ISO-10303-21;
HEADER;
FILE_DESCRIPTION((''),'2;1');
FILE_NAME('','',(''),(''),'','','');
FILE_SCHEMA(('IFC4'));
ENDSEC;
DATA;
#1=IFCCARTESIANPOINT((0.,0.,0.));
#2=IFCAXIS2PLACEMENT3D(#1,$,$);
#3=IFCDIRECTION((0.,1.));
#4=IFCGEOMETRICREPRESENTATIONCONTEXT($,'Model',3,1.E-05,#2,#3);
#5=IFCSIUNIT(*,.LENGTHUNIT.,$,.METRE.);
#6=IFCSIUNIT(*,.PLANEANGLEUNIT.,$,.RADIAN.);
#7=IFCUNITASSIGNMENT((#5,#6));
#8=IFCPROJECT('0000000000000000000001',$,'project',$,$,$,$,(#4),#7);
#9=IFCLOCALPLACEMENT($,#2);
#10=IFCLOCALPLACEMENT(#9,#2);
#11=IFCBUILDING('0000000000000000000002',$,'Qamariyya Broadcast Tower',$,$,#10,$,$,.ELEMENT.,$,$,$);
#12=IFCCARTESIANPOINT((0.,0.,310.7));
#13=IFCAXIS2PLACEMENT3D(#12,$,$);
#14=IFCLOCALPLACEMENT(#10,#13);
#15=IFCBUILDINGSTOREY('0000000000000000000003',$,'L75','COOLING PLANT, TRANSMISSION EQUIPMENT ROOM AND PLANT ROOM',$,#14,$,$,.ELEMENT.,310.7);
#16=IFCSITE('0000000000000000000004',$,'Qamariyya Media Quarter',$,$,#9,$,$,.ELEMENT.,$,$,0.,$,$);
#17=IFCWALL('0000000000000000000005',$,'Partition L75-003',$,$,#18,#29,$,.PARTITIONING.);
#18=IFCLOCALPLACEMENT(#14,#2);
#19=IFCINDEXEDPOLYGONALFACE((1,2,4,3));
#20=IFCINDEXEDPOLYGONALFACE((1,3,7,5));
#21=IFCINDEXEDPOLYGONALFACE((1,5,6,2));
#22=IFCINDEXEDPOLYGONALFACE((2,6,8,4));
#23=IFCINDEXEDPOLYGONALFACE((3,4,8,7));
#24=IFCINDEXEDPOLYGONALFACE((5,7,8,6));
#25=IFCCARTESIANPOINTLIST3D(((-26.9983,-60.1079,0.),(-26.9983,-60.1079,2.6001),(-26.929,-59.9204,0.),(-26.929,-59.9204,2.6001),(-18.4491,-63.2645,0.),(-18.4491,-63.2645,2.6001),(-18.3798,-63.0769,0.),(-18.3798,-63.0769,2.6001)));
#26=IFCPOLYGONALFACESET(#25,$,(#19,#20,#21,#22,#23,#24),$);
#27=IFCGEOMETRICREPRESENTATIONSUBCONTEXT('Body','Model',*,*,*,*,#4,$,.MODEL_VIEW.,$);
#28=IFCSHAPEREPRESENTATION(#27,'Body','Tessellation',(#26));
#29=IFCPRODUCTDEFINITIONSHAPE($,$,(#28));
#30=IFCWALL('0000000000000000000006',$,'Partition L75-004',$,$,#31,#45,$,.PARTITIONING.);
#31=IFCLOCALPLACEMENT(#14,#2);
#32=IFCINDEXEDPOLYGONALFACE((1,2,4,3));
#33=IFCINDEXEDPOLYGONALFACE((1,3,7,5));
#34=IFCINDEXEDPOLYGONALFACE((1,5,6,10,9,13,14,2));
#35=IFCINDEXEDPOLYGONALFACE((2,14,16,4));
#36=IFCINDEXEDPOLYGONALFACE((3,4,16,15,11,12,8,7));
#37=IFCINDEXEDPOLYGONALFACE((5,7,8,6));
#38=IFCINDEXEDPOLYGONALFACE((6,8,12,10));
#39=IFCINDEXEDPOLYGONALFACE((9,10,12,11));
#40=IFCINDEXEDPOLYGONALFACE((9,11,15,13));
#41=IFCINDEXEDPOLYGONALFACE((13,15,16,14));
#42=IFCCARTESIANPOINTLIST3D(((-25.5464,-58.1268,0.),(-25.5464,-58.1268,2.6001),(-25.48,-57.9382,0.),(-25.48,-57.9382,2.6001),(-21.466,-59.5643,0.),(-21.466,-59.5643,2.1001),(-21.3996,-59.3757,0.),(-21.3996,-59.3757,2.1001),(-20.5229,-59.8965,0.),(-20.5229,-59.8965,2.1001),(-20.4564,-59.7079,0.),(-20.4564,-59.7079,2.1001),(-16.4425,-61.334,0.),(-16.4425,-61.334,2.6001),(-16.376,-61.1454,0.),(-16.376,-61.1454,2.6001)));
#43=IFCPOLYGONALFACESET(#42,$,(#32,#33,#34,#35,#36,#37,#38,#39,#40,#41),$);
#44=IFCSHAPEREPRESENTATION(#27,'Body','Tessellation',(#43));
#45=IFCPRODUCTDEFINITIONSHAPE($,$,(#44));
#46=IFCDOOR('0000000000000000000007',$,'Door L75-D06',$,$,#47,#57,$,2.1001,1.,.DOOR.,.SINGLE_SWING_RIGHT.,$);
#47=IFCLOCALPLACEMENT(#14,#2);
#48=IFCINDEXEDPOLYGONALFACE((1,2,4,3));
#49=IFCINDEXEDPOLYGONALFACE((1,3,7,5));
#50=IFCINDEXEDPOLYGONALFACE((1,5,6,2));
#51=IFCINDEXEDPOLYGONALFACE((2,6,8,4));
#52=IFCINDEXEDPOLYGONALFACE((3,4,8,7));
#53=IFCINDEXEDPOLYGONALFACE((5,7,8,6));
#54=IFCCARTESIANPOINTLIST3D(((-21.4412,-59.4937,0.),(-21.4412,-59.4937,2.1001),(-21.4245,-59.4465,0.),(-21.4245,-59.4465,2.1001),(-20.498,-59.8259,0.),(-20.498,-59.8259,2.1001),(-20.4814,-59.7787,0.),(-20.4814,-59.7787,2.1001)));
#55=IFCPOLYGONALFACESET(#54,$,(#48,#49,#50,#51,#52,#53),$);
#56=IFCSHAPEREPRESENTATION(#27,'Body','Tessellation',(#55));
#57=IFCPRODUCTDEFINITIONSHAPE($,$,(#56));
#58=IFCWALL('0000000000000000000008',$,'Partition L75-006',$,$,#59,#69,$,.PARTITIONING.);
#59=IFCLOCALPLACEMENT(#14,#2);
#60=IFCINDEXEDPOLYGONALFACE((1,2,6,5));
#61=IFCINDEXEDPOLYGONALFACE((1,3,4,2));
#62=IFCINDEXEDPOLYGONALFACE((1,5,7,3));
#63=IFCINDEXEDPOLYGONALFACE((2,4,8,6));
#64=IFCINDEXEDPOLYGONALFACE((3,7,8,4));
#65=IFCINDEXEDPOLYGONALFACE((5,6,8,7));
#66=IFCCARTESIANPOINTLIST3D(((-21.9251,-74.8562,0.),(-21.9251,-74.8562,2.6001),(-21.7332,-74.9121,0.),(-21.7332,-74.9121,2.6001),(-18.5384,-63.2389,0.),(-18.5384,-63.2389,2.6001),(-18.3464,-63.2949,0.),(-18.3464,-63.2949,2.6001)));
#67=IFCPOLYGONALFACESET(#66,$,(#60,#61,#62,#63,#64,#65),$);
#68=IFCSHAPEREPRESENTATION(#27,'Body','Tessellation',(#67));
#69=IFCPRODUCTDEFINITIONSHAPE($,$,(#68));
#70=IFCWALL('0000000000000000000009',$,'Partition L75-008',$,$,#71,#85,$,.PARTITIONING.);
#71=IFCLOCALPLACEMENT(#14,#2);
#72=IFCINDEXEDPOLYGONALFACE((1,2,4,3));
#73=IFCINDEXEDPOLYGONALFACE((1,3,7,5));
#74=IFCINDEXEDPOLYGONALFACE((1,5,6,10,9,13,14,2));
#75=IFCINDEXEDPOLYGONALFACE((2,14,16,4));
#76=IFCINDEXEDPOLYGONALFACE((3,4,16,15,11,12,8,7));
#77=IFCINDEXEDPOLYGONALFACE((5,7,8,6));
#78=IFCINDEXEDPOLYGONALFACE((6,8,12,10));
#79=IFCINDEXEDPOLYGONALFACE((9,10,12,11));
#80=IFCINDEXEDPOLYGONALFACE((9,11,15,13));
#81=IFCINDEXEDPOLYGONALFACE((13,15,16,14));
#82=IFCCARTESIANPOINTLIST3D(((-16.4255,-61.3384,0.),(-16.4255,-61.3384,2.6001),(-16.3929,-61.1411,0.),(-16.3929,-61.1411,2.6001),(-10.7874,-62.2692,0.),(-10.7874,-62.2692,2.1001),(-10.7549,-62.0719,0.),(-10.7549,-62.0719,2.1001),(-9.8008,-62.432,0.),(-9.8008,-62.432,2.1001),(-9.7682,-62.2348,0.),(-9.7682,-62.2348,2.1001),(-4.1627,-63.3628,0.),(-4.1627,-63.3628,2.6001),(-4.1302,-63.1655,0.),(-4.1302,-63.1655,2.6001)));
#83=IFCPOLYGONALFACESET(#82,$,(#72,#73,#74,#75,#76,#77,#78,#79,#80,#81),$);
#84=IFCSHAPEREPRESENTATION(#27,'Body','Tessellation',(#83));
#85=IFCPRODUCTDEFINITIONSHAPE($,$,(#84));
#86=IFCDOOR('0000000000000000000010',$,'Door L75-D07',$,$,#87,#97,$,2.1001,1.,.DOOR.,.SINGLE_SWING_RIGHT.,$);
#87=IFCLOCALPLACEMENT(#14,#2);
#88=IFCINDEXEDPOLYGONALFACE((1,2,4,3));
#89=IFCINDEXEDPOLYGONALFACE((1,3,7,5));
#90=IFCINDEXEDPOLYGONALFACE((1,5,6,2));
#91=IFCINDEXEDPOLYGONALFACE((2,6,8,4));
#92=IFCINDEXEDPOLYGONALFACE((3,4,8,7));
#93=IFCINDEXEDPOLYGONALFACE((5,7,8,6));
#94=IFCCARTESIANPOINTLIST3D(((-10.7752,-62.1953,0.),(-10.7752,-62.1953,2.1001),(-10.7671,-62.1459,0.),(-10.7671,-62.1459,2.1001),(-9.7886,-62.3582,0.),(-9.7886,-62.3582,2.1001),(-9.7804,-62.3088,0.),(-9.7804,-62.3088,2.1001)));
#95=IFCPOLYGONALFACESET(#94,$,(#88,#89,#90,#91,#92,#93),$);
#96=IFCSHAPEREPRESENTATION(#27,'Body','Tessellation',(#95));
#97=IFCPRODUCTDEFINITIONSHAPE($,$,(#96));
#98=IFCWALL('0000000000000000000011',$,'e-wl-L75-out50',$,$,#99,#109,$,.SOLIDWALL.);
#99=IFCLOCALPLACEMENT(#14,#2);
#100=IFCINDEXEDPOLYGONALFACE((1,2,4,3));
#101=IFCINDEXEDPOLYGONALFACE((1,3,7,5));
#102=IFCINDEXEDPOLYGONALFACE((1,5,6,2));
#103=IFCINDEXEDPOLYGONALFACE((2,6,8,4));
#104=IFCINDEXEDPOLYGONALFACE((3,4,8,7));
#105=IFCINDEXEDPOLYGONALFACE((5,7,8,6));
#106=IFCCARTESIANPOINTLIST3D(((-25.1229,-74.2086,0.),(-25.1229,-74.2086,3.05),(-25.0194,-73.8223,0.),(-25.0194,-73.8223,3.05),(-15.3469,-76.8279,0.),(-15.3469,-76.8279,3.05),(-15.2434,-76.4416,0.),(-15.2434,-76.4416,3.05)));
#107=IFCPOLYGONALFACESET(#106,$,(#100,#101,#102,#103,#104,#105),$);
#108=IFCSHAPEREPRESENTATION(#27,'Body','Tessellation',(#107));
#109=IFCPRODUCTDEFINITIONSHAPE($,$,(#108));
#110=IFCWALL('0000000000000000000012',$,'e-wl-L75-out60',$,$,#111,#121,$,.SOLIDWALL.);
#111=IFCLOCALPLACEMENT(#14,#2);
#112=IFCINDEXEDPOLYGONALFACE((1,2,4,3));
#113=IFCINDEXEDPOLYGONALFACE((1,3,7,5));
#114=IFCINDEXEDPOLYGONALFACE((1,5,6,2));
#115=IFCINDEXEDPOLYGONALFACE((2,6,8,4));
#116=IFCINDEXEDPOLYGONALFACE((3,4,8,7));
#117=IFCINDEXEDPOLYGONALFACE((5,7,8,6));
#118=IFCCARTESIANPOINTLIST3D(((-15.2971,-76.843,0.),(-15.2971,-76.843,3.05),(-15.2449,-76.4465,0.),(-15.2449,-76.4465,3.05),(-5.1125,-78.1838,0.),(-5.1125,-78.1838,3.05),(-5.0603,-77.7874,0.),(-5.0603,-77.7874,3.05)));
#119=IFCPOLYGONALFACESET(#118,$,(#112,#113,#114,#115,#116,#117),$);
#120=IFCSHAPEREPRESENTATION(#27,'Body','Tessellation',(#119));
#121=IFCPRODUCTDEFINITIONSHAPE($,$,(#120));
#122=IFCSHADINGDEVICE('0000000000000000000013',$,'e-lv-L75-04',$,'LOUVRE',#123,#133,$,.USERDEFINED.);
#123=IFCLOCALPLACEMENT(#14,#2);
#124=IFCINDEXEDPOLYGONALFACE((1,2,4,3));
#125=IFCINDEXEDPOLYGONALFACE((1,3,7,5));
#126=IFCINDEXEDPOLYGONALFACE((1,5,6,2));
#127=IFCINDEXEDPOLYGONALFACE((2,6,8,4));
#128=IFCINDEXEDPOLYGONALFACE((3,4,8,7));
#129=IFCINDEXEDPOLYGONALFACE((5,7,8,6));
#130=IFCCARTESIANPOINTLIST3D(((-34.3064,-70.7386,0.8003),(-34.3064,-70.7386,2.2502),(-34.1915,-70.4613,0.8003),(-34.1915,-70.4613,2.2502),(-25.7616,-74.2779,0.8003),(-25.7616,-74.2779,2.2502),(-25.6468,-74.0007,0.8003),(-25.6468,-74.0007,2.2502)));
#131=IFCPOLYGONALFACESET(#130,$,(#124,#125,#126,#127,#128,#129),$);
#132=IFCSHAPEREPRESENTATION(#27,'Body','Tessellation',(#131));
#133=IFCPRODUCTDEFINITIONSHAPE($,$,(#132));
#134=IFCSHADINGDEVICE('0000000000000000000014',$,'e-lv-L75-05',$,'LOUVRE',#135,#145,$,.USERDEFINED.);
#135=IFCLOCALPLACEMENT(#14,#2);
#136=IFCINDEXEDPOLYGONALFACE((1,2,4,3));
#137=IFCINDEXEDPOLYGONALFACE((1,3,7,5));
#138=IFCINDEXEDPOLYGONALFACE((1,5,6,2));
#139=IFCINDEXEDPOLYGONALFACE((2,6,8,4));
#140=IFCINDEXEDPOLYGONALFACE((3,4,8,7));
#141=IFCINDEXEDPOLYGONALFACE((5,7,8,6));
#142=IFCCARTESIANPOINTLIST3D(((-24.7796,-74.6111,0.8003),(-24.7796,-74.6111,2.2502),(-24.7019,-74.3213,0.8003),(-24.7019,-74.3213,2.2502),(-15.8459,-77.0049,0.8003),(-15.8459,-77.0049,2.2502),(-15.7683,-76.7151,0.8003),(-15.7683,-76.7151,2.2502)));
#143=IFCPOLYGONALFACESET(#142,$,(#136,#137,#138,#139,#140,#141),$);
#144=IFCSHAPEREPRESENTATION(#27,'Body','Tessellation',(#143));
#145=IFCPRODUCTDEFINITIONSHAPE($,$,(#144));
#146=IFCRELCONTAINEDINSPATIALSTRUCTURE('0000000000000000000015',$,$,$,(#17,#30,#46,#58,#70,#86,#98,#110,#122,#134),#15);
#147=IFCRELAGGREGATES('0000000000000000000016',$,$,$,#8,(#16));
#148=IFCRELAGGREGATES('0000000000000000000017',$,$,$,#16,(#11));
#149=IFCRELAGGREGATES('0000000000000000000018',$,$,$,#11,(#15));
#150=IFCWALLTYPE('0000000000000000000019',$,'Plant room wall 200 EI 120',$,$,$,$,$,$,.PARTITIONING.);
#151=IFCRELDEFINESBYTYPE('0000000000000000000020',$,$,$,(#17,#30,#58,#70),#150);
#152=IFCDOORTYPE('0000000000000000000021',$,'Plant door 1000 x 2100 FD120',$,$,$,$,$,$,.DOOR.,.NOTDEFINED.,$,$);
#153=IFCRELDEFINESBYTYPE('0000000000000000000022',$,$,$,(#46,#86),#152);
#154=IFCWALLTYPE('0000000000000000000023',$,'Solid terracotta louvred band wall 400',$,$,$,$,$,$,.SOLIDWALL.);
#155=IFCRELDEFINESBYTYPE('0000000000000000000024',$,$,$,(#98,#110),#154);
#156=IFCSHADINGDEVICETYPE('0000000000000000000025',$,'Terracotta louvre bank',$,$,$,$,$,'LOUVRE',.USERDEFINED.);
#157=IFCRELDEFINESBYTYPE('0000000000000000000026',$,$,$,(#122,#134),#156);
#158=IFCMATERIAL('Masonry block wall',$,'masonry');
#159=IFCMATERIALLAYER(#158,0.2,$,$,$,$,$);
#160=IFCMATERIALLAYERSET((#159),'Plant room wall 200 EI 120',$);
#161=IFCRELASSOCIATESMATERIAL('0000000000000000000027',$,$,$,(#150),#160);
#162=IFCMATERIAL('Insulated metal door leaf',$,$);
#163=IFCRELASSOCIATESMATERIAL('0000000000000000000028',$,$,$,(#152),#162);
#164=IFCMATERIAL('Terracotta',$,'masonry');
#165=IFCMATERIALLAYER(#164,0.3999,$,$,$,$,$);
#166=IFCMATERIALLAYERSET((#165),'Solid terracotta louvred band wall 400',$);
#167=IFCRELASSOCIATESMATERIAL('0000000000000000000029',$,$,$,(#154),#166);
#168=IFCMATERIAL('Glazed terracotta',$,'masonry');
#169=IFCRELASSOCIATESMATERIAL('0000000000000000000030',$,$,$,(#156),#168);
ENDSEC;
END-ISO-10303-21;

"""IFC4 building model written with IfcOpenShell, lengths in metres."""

from ifc_helpers import new_model, si_unit, direction, frame, frame_2d, origin, origin_2d, place, context, subcontext, project, spatial, rectangle, extrude, material, layer, layer_set, type_object, element, fill, save


model = new_model("IFC4")

# Units and contexts
model_context = context("Model", 3, precision=1e-05, world=origin(), true_north=direction((0.0, 1.0)))
body_context = subcontext(model_context, "Body", "Model", "MODEL_VIEW")
ifc_project = project(units=[si_unit("LENGTHUNIT", "METRE"), si_unit("PLANEANGLEUNIT", "RADIAN")], contexts=[model_context])

# Site, building, storey
site_placement = place(None, origin())
site = spatial("IfcSite", under=ifc_project, at=site_placement, Name="Qamariyya Media Quarter", CompositionType="ELEMENT", RefElevation=0.0)
building_placement = place(site_placement, origin())
building = spatial("IfcBuilding", under=site, at=building_placement, Name="Qamariyya Broadcast Tower", CompositionType="ELEMENT")
storey_placement = place(building_placement, frame((0.0, 0.0, 310.7)))
storey = spatial("IfcBuildingStorey", under=building, at=storey_placement, Name="L75", Description="COOLING PLANT, TRANSMISSION EQUIPMENT ROOM AND PLANT ROOM", CompositionType="ELEMENT", Elevation=310.7)

# Shared definitions
ifc_material_1 = material(Name="Masonry block wall", Category="masonry")
ifc_layer_1 = layer(ifc_material_1, 0.2)
ifc_layer_set_1 = layer_set([ifc_layer_1], Name="Plant room wall 200 EI 120")
wall_type_1 = type_object("IfcWallType", Name="Plant room wall 200 EI 120", PredefinedType="PARTITIONING", material=ifc_layer_set_1)
ifc_material_2 = material(Name="Insulated metal door leaf")
door_type_1 = type_object("IfcDoorType", Name="Plant door 1000 x 2100 FD120", OperationType="NOTDEFINED", PredefinedType="DOOR", material=ifc_material_2)

# Wall
wall_1_placement = place(storey_placement, frame((-26.9636, -60.0142, 0.0), z_axis=(0.0, 0.0, 1.0), x_axis=(0.9381, -0.346366, 0.0)))
element("IfcWall", 1, at=wall_1_placement, inside=storey, type_object=wall_type_1, Name="Partition L75-003", PredefinedType="PARTITIONING", context=body_context, shape_type="SweptSolid", body=[
    extrude(rectangle(XDim=9.1133, YDim=0.2, at=frame_2d((4.5566, 0.0))), origin(), (0.0, 0.0, 1.0), 2.6001),
])

# Wall, opening, door
wall_2_placement = place(storey_placement, frame((-25.5132, -58.0325, 0.0), z_axis=(0.0, 0.0, 1.0), x_axis=(0.943182, -0.332276, 0.0)))
wall_2 = element("IfcWall", 2, at=wall_2_placement, inside=storey, type_object=wall_type_1, Name="Partition L75-004", PredefinedType="PARTITIONING", context=body_context, shape_type="SweptSolid", body=[
    extrude(rectangle(XDim=9.6523, YDim=0.2, at=frame_2d((4.8262, 0.0))), origin(), (0.0, 0.0, 1.0), 2.6001),
])
opening_1_placement = place(wall_2_placement, frame((4.3262, 0.0, 0.0)))
opening_1 = element("IfcOpeningElement", 3, at=opening_1_placement, cuts=wall_2, PredefinedType="OPENING", context=body_context, shape_type="SweptSolid", body=[
    extrude(rectangle(XDim=1.0, YDim=2.1001, at=frame_2d((0.5, 1.05))), frame((0.0, 0.1099, 0.0), z_axis=(0.0, -1.0, 0.0), x_axis=(1.0, 0.0, 0.0)), (0.0, 0.0, 1.0), 0.22),
])
door_1_placement = place(opening_1_placement, origin())
door_1 = element("IfcDoor", 4, at=door_1_placement, inside=storey, type_object=door_type_1, Name="Door L75-D06", OperationType="SINGLE_SWING_RIGHT", OverallHeight=2.1001, OverallWidth=1.0, PredefinedType="DOOR", context=body_context, shape_type="SweptSolid", body=[
    extrude(rectangle(XDim=1.0, YDim=2.1001, at=frame_2d((0.5, 1.05))), frame((0.0, 0.0249, 0.0), z_axis=(0.0, -1.0, 0.0), x_axis=(1.0, 0.0, 0.0)), (0.0, 0.0, 1.0), 0.05),
])
fill(opening_1, door_1)

# Wall
wall_3_placement = place(storey_placement, frame((-21.8291, -74.884, 0.0), z_axis=(0.0, 0.0, 1.0), x_axis=(0.279876, 0.960036, 0.0)))
element("IfcWall", 5, at=wall_3_placement, inside=storey, type_object=wall_type_1, Name="Partition L75-006", PredefinedType="PARTITIONING", context=body_context, shape_type="SweptSolid", body=[
    extrude(rectangle(XDim=12.1008, YDim=0.2, at=frame_2d((6.0503, 0.0))), origin(), (0.0, 0.0, 1.0), 2.6001),
])

# Wall, opening, door
wall_4_placement = place(storey_placement, frame((-16.4092, -61.2397, 0.0), z_axis=(0.0, 0.0, 1.0), x_axis=(0.986645, -0.162883, 0.0)))
wall_4 = element("IfcWall", 6, at=wall_4_placement, inside=storey, type_object=wall_type_1, Name="Partition L75-008", PredefinedType="PARTITIONING", context=body_context, shape_type="SweptSolid", body=[
    extrude(rectangle(XDim=12.4287, YDim=0.2, at=frame_2d((6.2144, 0.0))), origin(), (0.0, 0.0, 1.0), 2.6001),
])
opening_2_placement = place(wall_4_placement, frame((5.7144, 0.0, 0.0)))
opening_2 = element("IfcOpeningElement", 7, at=opening_2_placement, cuts=wall_4, PredefinedType="OPENING", context=body_context, shape_type="SweptSolid", body=[
    extrude(rectangle(XDim=1.0, YDim=2.1001, at=frame_2d((0.5, 1.05))), frame((0.0, 0.1099, 0.0), z_axis=(0.0, -1.0, 0.0), x_axis=(1.0, 0.0, 0.0)), (0.0, 0.0, 1.0), 0.22),
])
door_2_placement = place(opening_2_placement, origin())
door_2 = element("IfcDoor", 8, at=door_2_placement, inside=storey, type_object=door_type_1, Name="Door L75-D07", OperationType="SINGLE_SWING_RIGHT", OverallHeight=2.1001, OverallWidth=1.0, PredefinedType="DOOR", context=body_context, shape_type="SweptSolid", body=[
    extrude(rectangle(XDim=1.0, YDim=2.1001, at=frame_2d((0.5, 1.05))), frame((0.0, 0.0249, 0.0), z_axis=(0.0, -1.0, 0.0), x_axis=(1.0, 0.0, 0.0)), (0.0, 0.0, 1.0), 0.05),
])
fill(opening_2, door_2)

# Walls
ifc_material_3 = material(Name="Terracotta", Category="masonry")
ifc_layer_2 = layer(ifc_material_3, 0.3999)
ifc_layer_set_2 = layer_set([ifc_layer_2], Name="Solid terracotta louvred band wall 400")
wall_type_2 = type_object("IfcWallType", Name="Solid terracotta louvred band wall 400", PredefinedType="SOLIDWALL", material=ifc_layer_set_2)
wall_5_placement = place(storey_placement, frame((-25.0713, -74.0154, 0.0), z_axis=(0.0, 0.0, 1.0), x_axis=(0.965929, -0.258808, 0.0)))
element("IfcWall", 9, at=wall_5_placement, inside=storey, type_object=wall_type_2, Name="e-wl-L75-out50", PredefinedType="SOLIDWALL", context=body_context, shape_type="SweptSolid", body=[
    extrude(rectangle(XDim=10.1208, YDim=0.3999, at=frame_2d((5.0605, 0.0))), origin(), (0.0, 0.0, 1.0), 3.05),
])
wall_6_placement = place(storey_placement, frame((-15.271, -76.6448, 0.0), z_axis=(0.0, 0.0, 1.0), x_axis=(0.991445, -0.130526, 0.0)))
element("IfcWall", 10, at=wall_6_placement, inside=storey, type_object=wall_type_2, Name="e-wl-L75-out60", PredefinedType="SOLIDWALL", context=body_context, shape_type="SweptSolid", body=[
    extrude(rectangle(XDim=10.2725, YDim=0.3999, at=frame_2d((5.1362, 0.0))), origin(), (0.0, 0.0, 1.0), 3.05),
])

# Shading devices
ifc_material_4 = material(Name="Glazed terracotta", Category="masonry")
shading_device_type = type_object("IfcShadingDeviceType", Name="Terracotta louvre bank", ElementType="LOUVRE", PredefinedType="USERDEFINED", material=ifc_material_4)
for number, where, z_axis, x_axis, name in (
    (11, (-29.9766, -72.3696, 0.8003), (0.0, 0.0, 1.0), (0.92388, -0.382683, 0.0), "e-lv-L75-04"),
    (12, (-20.2739, -75.6631, 0.8003), (0.0, 0.0, 1.0), (0.965926, -0.258819, 0.0), "e-lv-L75-05"),
):
    element("IfcShadingDevice", number, at=place(storey_placement, frame(where, z_axis=z_axis, x_axis=x_axis)), inside=storey, type_object=shading_device_type, Name=name, ObjectType="LOUVRE", PredefinedType="USERDEFINED", context=body_context, shape_type="SweptSolid", body=[
        extrude(rectangle(XDim=9.2488, YDim=0.3, at=origin_2d()), origin(), (0.0, 0.0, 1.0), 1.45),
    ])

save(model, "model.ifc")
